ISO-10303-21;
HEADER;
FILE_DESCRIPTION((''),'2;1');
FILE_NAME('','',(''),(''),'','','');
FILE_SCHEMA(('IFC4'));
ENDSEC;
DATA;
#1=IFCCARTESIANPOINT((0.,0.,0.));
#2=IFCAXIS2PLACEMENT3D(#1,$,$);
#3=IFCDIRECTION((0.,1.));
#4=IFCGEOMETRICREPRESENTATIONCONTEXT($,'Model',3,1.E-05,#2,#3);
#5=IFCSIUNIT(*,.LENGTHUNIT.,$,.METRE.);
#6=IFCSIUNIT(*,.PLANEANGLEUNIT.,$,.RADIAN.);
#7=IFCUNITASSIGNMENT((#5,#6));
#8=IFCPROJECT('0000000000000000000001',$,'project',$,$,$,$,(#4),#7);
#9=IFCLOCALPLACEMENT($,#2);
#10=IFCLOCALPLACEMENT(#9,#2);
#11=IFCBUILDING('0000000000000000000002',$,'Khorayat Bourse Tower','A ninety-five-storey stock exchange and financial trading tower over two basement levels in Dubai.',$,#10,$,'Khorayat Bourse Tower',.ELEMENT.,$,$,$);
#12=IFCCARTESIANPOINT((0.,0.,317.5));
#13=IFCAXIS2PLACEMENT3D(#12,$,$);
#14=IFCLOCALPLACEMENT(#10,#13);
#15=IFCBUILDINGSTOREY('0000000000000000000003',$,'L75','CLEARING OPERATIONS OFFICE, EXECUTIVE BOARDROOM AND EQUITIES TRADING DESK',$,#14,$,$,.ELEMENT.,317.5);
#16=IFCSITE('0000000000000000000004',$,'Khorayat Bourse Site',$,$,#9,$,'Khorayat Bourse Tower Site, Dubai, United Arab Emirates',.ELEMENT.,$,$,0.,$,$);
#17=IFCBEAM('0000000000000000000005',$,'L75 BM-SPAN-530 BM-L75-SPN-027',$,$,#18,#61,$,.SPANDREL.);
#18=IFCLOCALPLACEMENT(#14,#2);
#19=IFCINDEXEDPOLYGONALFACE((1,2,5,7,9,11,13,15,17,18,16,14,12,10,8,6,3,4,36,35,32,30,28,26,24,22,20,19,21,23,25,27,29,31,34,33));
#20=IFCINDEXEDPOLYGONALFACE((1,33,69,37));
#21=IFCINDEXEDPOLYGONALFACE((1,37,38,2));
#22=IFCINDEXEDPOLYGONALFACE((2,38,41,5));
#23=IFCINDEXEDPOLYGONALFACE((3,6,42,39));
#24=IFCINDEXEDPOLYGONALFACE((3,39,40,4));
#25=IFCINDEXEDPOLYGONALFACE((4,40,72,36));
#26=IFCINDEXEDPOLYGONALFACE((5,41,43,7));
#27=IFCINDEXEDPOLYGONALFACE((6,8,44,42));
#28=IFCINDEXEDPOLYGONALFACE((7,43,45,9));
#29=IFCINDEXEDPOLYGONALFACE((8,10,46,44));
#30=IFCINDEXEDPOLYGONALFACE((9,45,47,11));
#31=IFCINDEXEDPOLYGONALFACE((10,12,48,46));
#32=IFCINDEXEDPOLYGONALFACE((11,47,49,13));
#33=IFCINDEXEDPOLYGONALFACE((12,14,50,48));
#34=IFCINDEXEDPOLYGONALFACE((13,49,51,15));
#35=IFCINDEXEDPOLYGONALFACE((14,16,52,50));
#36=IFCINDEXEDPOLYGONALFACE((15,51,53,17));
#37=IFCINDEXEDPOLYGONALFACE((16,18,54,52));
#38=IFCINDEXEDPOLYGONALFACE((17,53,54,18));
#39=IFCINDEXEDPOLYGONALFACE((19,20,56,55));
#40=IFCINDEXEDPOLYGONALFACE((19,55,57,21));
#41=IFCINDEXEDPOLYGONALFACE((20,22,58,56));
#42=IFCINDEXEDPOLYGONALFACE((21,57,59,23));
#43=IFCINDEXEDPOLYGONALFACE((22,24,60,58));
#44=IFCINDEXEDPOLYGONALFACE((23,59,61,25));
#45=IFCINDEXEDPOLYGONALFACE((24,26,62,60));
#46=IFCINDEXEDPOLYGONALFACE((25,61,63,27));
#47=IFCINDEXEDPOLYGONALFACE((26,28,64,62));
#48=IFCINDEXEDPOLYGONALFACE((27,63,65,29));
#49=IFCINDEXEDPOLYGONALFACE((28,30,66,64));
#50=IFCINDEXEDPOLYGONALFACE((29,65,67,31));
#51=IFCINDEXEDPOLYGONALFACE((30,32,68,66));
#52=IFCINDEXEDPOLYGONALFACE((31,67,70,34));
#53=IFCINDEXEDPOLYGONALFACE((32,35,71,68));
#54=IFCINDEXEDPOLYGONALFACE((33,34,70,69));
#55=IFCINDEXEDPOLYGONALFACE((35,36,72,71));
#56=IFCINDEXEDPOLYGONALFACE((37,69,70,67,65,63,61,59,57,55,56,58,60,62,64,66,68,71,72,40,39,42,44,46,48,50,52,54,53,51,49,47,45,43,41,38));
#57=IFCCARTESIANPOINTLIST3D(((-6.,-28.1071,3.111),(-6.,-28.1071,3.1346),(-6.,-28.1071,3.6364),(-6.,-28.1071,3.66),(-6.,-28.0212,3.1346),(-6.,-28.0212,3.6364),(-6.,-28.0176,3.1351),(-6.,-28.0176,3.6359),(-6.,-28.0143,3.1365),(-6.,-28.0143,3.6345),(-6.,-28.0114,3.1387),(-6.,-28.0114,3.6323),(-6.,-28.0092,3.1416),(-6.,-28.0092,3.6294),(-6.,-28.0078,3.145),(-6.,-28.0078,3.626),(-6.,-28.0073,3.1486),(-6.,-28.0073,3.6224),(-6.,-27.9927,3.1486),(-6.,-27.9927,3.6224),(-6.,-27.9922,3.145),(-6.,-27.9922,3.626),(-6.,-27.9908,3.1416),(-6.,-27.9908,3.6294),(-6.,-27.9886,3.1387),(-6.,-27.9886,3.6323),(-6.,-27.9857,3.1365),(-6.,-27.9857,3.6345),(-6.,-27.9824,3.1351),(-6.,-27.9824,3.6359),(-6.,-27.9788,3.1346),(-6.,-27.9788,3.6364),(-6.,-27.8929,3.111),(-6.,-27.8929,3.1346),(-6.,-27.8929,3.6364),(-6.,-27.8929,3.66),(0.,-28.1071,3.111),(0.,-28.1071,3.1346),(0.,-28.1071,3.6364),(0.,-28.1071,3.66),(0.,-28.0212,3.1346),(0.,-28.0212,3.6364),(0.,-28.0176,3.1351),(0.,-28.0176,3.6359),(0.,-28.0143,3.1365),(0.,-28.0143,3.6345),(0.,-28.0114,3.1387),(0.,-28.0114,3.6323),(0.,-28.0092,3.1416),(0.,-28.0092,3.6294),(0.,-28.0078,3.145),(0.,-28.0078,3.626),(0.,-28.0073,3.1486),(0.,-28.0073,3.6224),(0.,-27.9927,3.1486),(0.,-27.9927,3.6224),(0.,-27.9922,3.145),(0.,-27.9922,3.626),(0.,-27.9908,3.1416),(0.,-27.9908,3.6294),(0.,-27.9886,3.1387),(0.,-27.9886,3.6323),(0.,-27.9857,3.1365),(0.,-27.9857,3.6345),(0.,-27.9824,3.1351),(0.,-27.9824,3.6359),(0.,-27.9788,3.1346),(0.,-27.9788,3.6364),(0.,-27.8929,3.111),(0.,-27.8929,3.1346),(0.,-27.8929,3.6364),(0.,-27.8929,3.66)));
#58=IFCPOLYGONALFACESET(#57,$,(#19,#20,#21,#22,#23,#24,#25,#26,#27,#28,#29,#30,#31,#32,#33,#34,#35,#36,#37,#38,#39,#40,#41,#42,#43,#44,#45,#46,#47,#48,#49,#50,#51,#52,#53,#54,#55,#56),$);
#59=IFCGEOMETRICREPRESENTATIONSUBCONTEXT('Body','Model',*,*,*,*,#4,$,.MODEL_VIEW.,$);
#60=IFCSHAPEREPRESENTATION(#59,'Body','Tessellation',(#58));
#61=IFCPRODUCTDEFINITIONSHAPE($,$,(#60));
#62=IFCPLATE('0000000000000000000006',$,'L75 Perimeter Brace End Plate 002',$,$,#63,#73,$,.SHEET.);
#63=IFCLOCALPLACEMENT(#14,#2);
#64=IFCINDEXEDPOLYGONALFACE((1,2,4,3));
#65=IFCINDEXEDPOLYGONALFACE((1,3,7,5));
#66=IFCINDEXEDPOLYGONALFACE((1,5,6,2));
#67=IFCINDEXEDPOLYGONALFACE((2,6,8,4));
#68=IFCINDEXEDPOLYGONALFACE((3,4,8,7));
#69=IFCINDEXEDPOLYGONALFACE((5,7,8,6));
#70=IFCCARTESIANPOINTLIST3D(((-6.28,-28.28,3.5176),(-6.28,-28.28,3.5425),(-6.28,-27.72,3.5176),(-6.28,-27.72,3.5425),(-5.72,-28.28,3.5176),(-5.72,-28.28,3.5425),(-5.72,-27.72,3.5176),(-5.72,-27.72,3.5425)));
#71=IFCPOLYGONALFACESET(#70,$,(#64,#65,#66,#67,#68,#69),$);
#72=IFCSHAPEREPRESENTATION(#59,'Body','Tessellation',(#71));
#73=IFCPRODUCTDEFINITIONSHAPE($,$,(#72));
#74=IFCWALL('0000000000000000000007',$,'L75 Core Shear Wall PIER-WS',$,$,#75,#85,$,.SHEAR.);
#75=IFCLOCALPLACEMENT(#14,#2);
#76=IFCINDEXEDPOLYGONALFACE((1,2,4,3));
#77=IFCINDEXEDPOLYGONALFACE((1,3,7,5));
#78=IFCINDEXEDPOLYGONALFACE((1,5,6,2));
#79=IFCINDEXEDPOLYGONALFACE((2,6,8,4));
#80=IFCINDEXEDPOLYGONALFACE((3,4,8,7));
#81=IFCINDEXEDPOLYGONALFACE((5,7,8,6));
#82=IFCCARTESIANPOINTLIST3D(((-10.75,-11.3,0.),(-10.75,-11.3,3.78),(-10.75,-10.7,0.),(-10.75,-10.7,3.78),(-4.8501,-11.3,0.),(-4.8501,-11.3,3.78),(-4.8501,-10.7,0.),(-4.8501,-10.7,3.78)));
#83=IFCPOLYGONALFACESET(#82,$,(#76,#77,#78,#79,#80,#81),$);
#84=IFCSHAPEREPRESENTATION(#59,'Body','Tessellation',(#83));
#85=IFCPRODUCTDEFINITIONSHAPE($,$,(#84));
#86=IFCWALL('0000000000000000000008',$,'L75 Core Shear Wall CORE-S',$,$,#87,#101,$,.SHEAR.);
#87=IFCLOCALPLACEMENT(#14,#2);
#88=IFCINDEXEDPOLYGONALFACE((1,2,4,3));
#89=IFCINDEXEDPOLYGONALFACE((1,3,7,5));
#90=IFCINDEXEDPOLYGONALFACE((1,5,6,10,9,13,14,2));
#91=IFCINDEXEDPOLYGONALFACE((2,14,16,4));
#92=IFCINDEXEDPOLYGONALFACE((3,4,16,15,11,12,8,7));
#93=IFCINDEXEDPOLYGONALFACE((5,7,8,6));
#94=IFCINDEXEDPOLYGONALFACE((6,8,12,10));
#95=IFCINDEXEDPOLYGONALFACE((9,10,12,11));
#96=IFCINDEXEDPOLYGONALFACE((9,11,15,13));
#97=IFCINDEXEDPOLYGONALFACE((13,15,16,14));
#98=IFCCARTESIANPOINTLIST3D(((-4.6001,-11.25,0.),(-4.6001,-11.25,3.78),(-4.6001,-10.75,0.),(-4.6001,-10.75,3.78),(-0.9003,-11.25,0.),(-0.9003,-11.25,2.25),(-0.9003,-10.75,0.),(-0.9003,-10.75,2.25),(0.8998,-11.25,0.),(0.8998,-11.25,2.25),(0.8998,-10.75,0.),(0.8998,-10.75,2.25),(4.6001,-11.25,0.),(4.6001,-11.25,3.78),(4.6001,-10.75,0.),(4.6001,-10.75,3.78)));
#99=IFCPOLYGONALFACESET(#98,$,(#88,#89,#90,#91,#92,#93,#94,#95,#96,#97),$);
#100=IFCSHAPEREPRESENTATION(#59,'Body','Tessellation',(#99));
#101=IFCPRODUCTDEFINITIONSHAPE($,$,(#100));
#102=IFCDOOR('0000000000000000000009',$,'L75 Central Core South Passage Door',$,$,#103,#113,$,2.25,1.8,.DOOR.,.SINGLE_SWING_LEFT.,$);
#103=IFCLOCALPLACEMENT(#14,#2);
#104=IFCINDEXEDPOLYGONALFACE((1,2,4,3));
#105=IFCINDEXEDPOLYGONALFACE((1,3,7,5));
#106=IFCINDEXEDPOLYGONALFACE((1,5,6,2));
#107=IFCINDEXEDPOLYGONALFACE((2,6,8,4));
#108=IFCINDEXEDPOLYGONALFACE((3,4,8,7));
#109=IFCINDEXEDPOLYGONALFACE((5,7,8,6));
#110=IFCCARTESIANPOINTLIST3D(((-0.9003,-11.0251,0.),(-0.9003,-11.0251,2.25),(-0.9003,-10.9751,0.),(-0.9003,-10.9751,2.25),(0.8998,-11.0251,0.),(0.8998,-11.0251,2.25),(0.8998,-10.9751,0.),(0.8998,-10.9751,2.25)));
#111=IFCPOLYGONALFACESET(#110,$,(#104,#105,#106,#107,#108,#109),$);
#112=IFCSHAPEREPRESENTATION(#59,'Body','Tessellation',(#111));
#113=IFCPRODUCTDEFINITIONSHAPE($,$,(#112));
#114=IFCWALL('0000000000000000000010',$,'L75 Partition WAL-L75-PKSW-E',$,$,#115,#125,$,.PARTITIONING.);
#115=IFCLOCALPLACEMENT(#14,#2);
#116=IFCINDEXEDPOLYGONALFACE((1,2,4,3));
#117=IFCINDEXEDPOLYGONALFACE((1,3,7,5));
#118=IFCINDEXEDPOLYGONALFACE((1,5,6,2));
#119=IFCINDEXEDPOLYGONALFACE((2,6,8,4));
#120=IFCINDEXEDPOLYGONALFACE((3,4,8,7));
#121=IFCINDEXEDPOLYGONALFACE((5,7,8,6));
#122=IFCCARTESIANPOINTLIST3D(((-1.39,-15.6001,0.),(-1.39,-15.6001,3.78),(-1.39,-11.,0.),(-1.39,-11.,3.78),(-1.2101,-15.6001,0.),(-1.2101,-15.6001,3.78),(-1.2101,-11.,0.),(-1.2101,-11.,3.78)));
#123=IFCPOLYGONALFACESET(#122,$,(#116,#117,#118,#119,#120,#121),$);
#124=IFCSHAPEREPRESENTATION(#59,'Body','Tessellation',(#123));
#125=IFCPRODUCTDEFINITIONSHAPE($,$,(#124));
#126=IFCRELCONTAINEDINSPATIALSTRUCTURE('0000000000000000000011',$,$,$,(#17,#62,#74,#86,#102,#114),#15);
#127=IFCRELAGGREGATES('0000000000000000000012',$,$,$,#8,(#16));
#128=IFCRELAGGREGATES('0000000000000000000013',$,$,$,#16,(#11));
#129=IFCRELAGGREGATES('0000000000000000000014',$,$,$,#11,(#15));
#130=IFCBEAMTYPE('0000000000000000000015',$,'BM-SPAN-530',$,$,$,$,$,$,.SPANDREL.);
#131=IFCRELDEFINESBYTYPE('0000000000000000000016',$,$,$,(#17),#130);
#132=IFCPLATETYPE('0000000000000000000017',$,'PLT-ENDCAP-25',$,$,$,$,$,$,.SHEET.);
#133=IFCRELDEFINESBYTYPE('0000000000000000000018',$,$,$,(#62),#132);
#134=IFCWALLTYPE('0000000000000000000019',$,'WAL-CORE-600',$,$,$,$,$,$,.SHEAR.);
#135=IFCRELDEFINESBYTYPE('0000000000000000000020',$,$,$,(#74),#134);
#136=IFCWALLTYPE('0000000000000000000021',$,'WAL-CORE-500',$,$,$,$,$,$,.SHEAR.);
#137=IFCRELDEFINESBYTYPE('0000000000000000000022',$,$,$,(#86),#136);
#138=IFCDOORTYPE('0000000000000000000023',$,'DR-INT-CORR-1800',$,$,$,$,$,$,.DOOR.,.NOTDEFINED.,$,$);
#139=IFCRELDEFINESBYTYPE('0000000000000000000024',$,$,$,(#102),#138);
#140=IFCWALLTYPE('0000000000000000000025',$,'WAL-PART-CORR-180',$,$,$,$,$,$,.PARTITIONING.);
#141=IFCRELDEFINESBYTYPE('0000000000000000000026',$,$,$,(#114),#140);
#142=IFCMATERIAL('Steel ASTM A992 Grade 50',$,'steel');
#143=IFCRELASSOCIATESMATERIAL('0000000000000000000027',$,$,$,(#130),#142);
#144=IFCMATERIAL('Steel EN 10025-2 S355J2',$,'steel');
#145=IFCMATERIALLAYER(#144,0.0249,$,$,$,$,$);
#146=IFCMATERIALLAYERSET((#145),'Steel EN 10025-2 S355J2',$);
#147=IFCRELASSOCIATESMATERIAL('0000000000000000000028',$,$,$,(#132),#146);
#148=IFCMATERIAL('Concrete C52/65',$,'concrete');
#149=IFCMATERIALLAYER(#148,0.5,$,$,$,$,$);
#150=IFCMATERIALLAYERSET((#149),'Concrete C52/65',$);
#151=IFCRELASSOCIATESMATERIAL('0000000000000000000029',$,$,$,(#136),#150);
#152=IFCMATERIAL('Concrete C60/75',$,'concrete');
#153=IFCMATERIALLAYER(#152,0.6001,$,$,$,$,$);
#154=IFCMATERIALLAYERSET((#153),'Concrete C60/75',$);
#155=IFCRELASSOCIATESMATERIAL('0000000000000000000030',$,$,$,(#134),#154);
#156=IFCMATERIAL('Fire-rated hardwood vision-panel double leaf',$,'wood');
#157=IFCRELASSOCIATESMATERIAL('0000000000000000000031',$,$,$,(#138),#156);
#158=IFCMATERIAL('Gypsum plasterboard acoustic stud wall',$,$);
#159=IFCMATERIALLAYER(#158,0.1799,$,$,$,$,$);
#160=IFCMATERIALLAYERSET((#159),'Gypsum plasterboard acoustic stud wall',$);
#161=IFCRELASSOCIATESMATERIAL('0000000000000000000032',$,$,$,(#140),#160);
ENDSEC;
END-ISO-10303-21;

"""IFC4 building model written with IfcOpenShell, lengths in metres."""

from ifc_helpers import new_model, si_unit, direction, frame, frame_2d, origin, origin_2d, place, context, subcontext, project, spatial, rectangle, i_section, extrude, source, transform, mapped, material, layer, layer_set, material_profile, profile_set, type_object, element, fill, save


model = new_model("IFC4")

# Units and contexts
model_context = context("Model", 3, precision=1e-05, world=origin(), true_north=direction((0.0, 1.0)))
body_context = subcontext(model_context, "Body", "Model", "MODEL_VIEW")
ifc_project = project(units=[si_unit("LENGTHUNIT", "METRE"), si_unit("PLANEANGLEUNIT", "RADIAN")], contexts=[model_context])

# Site, building, storey
site_placement = place(None, origin())
site = spatial("IfcSite", under=ifc_project, at=site_placement, Name="Khorayat Bourse Site", LongName="Khorayat Bourse Tower Site, Dubai, United Arab Emirates", CompositionType="ELEMENT", RefElevation=0.0)
building_placement = place(site_placement, origin())
building = spatial("IfcBuilding", under=site, at=building_placement, Name="Khorayat Bourse Tower", Description="A ninety-five-storey stock exchange and financial trading tower over two basement levels in Dubai.", LongName="Khorayat Bourse Tower", CompositionType="ELEMENT")
storey_placement = place(building_placement, frame((0.0, 0.0, 317.5)))
storey = spatial("IfcBuildingStorey", under=building, at=storey_placement, Name="L75", Description="CLEARING OPERATIONS OFFICE, EXECUTIVE BOARDROOM AND EQUITIES TRADING DESK", CompositionType="ELEMENT", Elevation=317.5)

# Shared definitions
ifc_material_1 = material(Name="Concrete C52/65", Category="concrete")

# Beam
ifc_material_2 = material(Name="Concrete C60/75", Category="concrete")
ifc_material_3 = material(Name="Steel ASTM A992 Grade 50", Category="steel")
ifc_material_profile_1 = material_profile(ifc_material_3, i_section(OverallWidth=0.2141, OverallDepth=0.5491, WebThickness=0.0146, FlangeThickness=0.0237, FilletRadius=0.0139, at=origin_2d()), Name="W530X138")
ifc_profile_set_1 = profile_set([ifc_material_profile_1], Name="Steel ASTM A992 Grade 50")
beam_type_1 = type_object("IfcBeamType", Name="BM-SPAN-530", PredefinedType="SPANDREL", material=ifc_profile_set_1)
shared_shape_1 = source(origin(), body_context, "Body", "SweptSolid", [
    extrude(i_section(OverallWidth=0.2141, OverallDepth=0.5491, WebThickness=0.0146, FlangeThickness=0.0237, FilletRadius=0.0139, at=origin_2d()), origin(), (0.0, 0.0, 1.0), 6.0),
])
beam_1_placement = place(storey_placement, frame((-6.0, -28.0, 3.3855), z_axis=(1.0, 0.0, 0.0), x_axis=(0.0, 1.0, 0.0)))
element("IfcBeam", 1, at=beam_1_placement, inside=storey, type_object=beam_type_1, Name="L75 BM-SPAN-530 BM-L75-SPN-027", PredefinedType="SPANDREL", context=body_context, shape_type="MappedRepresentation", body=[
    mapped(shared_shape_1, transform((0.0, 0.0, 0.0), scale=1.0)),
])

# Plate
ifc_material_4 = material(Name="Steel EN 10025-2 S355J2", Category="steel")
ifc_layer_1 = layer(ifc_material_4, 0.0249)
ifc_layer_set_1 = layer_set([ifc_layer_1], Name="Steel EN 10025-2 S355J2")
plate_type = type_object("IfcPlateType", Name="PLT-ENDCAP-25", PredefinedType="SHEET", material=ifc_layer_set_1)
shared_shape_2 = source(origin(), body_context, "Body", "SweptSolid", [
    extrude(rectangle(XDim=0.5601, YDim=0.5601, at=origin_2d()), origin(), (0.0, 0.0, 1.0), 0.0249),
])
plate_placement = place(storey_placement, frame((-6.0, -28.0, 3.5176), z_axis=(0.0, 0.0, 1.0), x_axis=(1.0, 0.0, 0.0)))
element("IfcPlate", 2, at=plate_placement, inside=storey, type_object=plate_type, Name="L75 Perimeter Brace End Plate 002", PredefinedType="SHEET", context=body_context, shape_type="MappedRepresentation", body=[
    mapped(shared_shape_2, transform((0.0, 0.0, 0.0), scale=1.0)),
])

# Shared definitions
ifc_layer_2 = layer(ifc_material_1, 0.5)
ifc_layer_set_2 = layer_set([ifc_layer_2], Name="Concrete C52/65")
wall_type_1 = type_object("IfcWallType", Name="WAL-CORE-500", PredefinedType="SHEAR", material=ifc_layer_set_2)

# Wall
ifc_layer_3 = layer(ifc_material_2, 0.6001)
ifc_layer_set_3 = layer_set([ifc_layer_3], Name="Concrete C60/75")
wall_type_2 = type_object("IfcWallType", Name="WAL-CORE-600", PredefinedType="SHEAR", material=ifc_layer_set_3)
shared_shape_3 = source(origin(), body_context, "Body", "SweptSolid", [
    extrude(rectangle(XDim=5.8999, YDim=0.6001, at=frame_2d((2.95, 0.0))), origin(), (0.0, 0.0, 1.0), 3.78),
])
wall_1_placement = place(storey_placement, frame((-10.75, -11.0, 0.0), z_axis=(0.0, 0.0, 1.0), x_axis=(1.0, 0.0, 0.0)))
element("IfcWall", 3, at=wall_1_placement, inside=storey, type_object=wall_type_2, Name="L75 Core Shear Wall PIER-WS", PredefinedType="SHEAR", context=body_context, shape_type="MappedRepresentation", body=[
    mapped(shared_shape_3, transform((0.0, 0.0, 0.0), scale=1.0)),
])

# Wall, opening, door
shared_shape_4 = source(origin(), body_context, "Body", "SweptSolid", [
    extrude(rectangle(XDim=9.2002, YDim=0.5, at=frame_2d((4.6001, 0.0))), origin(), (0.0, 0.0, 1.0), 3.78),
])
wall_2_placement = place(storey_placement, frame((-4.6001, -11.0, 0.0), z_axis=(0.0, 0.0, 1.0), x_axis=(1.0, 0.0, 0.0)))
wall_2 = element("IfcWall", 4, at=wall_2_placement, inside=storey, type_object=wall_type_1, Name="L75 Core Shear Wall CORE-S", PredefinedType="SHEAR", context=body_context, shape_type="MappedRepresentation", body=[
    mapped(shared_shape_4, transform((0.0, 0.0, 0.0), scale=1.0)),
])
shared_shape_5 = source(origin(), body_context, "Body", "SweptSolid", [
    extrude(rectangle(XDim=1.8, YDim=2.25, at=frame_2d((0.8999, 1.125))), frame((0.0, 0.26, 0.0), z_axis=(0.0, -1.0, 0.0), x_axis=(1.0, 0.0, 0.0)), (0.0, 0.0, 1.0), 0.52),
])
opening_1_placement = place(wall_2_placement, frame((3.7, 0.0, 0.0)))
opening_1 = element("IfcOpeningElement", 5, at=opening_1_placement, cuts=wall_2, PredefinedType="OPENING", context=body_context, shape_type="MappedRepresentation", body=[
    mapped(shared_shape_5, transform((0.0, 0.0, 0.0), scale=1.0)),
])
ifc_material_5 = material(Name="Fire-rated hardwood vision-panel double leaf", Category="wood")
door_type_1 = type_object("IfcDoorType", Name="DR-INT-CORR-1800", OperationType="NOTDEFINED", PredefinedType="DOOR", material=ifc_material_5)
shared_shape_6 = source(origin(), body_context, "Body", "SweptSolid", [
    extrude(rectangle(XDim=1.8, YDim=2.25, at=frame_2d((0.8999, 1.125))), frame((0.0, 0.0249, 0.0), z_axis=(0.0, -1.0, 0.0), x_axis=(1.0, 0.0, 0.0)), (0.0, 0.0, 1.0), 0.05),
])
door_1_placement = place(opening_1_placement, origin())
door_1 = element("IfcDoor", 6, at=door_1_placement, inside=storey, type_object=door_type_1, Name="L75 Central Core South Passage Door", OperationType="SINGLE_SWING_LEFT", OverallHeight=2.25, OverallWidth=1.8, PredefinedType="DOOR", context=body_context, shape_type="MappedRepresentation", body=[
    mapped(shared_shape_6, transform((0.0, 0.0, 0.0), scale=1.0)),
])
fill(opening_1, door_1)

# Wall
ifc_material_6 = material(Name="Gypsum plasterboard acoustic stud wall")
ifc_layer_4 = layer(ifc_material_6, 0.1799)
ifc_layer_set_4 = layer_set([ifc_layer_4], Name="Gypsum plasterboard acoustic stud wall")
wall_type_3 = type_object("IfcWallType", Name="WAL-PART-CORR-180", PredefinedType="PARTITIONING", material=ifc_layer_set_4)
shared_shape_7 = source(origin(), body_context, "Body", "SweptSolid", [
    extrude(rectangle(XDim=4.6001, YDim=0.1799, at=frame_2d((2.3, 0.0))), origin(), (0.0, 0.0, 1.0), 3.78),
])
wall_3_placement = place(storey_placement, frame((-1.3, -15.6001, 0.0), z_axis=(0.0, 0.0, 1.0), x_axis=(0.0, 1.0, 0.0)))
element("IfcWall", 7, at=wall_3_placement, inside=storey, type_object=wall_type_3, Name="L75 Partition WAL-L75-PKSW-E", PredefinedType="PARTITIONING", context=body_context, shape_type="MappedRepresentation", body=[
    mapped(shared_shape_7, transform((0.0, 0.0, 0.0), scale=1.0)),
])

save(model, "model.ifc")
